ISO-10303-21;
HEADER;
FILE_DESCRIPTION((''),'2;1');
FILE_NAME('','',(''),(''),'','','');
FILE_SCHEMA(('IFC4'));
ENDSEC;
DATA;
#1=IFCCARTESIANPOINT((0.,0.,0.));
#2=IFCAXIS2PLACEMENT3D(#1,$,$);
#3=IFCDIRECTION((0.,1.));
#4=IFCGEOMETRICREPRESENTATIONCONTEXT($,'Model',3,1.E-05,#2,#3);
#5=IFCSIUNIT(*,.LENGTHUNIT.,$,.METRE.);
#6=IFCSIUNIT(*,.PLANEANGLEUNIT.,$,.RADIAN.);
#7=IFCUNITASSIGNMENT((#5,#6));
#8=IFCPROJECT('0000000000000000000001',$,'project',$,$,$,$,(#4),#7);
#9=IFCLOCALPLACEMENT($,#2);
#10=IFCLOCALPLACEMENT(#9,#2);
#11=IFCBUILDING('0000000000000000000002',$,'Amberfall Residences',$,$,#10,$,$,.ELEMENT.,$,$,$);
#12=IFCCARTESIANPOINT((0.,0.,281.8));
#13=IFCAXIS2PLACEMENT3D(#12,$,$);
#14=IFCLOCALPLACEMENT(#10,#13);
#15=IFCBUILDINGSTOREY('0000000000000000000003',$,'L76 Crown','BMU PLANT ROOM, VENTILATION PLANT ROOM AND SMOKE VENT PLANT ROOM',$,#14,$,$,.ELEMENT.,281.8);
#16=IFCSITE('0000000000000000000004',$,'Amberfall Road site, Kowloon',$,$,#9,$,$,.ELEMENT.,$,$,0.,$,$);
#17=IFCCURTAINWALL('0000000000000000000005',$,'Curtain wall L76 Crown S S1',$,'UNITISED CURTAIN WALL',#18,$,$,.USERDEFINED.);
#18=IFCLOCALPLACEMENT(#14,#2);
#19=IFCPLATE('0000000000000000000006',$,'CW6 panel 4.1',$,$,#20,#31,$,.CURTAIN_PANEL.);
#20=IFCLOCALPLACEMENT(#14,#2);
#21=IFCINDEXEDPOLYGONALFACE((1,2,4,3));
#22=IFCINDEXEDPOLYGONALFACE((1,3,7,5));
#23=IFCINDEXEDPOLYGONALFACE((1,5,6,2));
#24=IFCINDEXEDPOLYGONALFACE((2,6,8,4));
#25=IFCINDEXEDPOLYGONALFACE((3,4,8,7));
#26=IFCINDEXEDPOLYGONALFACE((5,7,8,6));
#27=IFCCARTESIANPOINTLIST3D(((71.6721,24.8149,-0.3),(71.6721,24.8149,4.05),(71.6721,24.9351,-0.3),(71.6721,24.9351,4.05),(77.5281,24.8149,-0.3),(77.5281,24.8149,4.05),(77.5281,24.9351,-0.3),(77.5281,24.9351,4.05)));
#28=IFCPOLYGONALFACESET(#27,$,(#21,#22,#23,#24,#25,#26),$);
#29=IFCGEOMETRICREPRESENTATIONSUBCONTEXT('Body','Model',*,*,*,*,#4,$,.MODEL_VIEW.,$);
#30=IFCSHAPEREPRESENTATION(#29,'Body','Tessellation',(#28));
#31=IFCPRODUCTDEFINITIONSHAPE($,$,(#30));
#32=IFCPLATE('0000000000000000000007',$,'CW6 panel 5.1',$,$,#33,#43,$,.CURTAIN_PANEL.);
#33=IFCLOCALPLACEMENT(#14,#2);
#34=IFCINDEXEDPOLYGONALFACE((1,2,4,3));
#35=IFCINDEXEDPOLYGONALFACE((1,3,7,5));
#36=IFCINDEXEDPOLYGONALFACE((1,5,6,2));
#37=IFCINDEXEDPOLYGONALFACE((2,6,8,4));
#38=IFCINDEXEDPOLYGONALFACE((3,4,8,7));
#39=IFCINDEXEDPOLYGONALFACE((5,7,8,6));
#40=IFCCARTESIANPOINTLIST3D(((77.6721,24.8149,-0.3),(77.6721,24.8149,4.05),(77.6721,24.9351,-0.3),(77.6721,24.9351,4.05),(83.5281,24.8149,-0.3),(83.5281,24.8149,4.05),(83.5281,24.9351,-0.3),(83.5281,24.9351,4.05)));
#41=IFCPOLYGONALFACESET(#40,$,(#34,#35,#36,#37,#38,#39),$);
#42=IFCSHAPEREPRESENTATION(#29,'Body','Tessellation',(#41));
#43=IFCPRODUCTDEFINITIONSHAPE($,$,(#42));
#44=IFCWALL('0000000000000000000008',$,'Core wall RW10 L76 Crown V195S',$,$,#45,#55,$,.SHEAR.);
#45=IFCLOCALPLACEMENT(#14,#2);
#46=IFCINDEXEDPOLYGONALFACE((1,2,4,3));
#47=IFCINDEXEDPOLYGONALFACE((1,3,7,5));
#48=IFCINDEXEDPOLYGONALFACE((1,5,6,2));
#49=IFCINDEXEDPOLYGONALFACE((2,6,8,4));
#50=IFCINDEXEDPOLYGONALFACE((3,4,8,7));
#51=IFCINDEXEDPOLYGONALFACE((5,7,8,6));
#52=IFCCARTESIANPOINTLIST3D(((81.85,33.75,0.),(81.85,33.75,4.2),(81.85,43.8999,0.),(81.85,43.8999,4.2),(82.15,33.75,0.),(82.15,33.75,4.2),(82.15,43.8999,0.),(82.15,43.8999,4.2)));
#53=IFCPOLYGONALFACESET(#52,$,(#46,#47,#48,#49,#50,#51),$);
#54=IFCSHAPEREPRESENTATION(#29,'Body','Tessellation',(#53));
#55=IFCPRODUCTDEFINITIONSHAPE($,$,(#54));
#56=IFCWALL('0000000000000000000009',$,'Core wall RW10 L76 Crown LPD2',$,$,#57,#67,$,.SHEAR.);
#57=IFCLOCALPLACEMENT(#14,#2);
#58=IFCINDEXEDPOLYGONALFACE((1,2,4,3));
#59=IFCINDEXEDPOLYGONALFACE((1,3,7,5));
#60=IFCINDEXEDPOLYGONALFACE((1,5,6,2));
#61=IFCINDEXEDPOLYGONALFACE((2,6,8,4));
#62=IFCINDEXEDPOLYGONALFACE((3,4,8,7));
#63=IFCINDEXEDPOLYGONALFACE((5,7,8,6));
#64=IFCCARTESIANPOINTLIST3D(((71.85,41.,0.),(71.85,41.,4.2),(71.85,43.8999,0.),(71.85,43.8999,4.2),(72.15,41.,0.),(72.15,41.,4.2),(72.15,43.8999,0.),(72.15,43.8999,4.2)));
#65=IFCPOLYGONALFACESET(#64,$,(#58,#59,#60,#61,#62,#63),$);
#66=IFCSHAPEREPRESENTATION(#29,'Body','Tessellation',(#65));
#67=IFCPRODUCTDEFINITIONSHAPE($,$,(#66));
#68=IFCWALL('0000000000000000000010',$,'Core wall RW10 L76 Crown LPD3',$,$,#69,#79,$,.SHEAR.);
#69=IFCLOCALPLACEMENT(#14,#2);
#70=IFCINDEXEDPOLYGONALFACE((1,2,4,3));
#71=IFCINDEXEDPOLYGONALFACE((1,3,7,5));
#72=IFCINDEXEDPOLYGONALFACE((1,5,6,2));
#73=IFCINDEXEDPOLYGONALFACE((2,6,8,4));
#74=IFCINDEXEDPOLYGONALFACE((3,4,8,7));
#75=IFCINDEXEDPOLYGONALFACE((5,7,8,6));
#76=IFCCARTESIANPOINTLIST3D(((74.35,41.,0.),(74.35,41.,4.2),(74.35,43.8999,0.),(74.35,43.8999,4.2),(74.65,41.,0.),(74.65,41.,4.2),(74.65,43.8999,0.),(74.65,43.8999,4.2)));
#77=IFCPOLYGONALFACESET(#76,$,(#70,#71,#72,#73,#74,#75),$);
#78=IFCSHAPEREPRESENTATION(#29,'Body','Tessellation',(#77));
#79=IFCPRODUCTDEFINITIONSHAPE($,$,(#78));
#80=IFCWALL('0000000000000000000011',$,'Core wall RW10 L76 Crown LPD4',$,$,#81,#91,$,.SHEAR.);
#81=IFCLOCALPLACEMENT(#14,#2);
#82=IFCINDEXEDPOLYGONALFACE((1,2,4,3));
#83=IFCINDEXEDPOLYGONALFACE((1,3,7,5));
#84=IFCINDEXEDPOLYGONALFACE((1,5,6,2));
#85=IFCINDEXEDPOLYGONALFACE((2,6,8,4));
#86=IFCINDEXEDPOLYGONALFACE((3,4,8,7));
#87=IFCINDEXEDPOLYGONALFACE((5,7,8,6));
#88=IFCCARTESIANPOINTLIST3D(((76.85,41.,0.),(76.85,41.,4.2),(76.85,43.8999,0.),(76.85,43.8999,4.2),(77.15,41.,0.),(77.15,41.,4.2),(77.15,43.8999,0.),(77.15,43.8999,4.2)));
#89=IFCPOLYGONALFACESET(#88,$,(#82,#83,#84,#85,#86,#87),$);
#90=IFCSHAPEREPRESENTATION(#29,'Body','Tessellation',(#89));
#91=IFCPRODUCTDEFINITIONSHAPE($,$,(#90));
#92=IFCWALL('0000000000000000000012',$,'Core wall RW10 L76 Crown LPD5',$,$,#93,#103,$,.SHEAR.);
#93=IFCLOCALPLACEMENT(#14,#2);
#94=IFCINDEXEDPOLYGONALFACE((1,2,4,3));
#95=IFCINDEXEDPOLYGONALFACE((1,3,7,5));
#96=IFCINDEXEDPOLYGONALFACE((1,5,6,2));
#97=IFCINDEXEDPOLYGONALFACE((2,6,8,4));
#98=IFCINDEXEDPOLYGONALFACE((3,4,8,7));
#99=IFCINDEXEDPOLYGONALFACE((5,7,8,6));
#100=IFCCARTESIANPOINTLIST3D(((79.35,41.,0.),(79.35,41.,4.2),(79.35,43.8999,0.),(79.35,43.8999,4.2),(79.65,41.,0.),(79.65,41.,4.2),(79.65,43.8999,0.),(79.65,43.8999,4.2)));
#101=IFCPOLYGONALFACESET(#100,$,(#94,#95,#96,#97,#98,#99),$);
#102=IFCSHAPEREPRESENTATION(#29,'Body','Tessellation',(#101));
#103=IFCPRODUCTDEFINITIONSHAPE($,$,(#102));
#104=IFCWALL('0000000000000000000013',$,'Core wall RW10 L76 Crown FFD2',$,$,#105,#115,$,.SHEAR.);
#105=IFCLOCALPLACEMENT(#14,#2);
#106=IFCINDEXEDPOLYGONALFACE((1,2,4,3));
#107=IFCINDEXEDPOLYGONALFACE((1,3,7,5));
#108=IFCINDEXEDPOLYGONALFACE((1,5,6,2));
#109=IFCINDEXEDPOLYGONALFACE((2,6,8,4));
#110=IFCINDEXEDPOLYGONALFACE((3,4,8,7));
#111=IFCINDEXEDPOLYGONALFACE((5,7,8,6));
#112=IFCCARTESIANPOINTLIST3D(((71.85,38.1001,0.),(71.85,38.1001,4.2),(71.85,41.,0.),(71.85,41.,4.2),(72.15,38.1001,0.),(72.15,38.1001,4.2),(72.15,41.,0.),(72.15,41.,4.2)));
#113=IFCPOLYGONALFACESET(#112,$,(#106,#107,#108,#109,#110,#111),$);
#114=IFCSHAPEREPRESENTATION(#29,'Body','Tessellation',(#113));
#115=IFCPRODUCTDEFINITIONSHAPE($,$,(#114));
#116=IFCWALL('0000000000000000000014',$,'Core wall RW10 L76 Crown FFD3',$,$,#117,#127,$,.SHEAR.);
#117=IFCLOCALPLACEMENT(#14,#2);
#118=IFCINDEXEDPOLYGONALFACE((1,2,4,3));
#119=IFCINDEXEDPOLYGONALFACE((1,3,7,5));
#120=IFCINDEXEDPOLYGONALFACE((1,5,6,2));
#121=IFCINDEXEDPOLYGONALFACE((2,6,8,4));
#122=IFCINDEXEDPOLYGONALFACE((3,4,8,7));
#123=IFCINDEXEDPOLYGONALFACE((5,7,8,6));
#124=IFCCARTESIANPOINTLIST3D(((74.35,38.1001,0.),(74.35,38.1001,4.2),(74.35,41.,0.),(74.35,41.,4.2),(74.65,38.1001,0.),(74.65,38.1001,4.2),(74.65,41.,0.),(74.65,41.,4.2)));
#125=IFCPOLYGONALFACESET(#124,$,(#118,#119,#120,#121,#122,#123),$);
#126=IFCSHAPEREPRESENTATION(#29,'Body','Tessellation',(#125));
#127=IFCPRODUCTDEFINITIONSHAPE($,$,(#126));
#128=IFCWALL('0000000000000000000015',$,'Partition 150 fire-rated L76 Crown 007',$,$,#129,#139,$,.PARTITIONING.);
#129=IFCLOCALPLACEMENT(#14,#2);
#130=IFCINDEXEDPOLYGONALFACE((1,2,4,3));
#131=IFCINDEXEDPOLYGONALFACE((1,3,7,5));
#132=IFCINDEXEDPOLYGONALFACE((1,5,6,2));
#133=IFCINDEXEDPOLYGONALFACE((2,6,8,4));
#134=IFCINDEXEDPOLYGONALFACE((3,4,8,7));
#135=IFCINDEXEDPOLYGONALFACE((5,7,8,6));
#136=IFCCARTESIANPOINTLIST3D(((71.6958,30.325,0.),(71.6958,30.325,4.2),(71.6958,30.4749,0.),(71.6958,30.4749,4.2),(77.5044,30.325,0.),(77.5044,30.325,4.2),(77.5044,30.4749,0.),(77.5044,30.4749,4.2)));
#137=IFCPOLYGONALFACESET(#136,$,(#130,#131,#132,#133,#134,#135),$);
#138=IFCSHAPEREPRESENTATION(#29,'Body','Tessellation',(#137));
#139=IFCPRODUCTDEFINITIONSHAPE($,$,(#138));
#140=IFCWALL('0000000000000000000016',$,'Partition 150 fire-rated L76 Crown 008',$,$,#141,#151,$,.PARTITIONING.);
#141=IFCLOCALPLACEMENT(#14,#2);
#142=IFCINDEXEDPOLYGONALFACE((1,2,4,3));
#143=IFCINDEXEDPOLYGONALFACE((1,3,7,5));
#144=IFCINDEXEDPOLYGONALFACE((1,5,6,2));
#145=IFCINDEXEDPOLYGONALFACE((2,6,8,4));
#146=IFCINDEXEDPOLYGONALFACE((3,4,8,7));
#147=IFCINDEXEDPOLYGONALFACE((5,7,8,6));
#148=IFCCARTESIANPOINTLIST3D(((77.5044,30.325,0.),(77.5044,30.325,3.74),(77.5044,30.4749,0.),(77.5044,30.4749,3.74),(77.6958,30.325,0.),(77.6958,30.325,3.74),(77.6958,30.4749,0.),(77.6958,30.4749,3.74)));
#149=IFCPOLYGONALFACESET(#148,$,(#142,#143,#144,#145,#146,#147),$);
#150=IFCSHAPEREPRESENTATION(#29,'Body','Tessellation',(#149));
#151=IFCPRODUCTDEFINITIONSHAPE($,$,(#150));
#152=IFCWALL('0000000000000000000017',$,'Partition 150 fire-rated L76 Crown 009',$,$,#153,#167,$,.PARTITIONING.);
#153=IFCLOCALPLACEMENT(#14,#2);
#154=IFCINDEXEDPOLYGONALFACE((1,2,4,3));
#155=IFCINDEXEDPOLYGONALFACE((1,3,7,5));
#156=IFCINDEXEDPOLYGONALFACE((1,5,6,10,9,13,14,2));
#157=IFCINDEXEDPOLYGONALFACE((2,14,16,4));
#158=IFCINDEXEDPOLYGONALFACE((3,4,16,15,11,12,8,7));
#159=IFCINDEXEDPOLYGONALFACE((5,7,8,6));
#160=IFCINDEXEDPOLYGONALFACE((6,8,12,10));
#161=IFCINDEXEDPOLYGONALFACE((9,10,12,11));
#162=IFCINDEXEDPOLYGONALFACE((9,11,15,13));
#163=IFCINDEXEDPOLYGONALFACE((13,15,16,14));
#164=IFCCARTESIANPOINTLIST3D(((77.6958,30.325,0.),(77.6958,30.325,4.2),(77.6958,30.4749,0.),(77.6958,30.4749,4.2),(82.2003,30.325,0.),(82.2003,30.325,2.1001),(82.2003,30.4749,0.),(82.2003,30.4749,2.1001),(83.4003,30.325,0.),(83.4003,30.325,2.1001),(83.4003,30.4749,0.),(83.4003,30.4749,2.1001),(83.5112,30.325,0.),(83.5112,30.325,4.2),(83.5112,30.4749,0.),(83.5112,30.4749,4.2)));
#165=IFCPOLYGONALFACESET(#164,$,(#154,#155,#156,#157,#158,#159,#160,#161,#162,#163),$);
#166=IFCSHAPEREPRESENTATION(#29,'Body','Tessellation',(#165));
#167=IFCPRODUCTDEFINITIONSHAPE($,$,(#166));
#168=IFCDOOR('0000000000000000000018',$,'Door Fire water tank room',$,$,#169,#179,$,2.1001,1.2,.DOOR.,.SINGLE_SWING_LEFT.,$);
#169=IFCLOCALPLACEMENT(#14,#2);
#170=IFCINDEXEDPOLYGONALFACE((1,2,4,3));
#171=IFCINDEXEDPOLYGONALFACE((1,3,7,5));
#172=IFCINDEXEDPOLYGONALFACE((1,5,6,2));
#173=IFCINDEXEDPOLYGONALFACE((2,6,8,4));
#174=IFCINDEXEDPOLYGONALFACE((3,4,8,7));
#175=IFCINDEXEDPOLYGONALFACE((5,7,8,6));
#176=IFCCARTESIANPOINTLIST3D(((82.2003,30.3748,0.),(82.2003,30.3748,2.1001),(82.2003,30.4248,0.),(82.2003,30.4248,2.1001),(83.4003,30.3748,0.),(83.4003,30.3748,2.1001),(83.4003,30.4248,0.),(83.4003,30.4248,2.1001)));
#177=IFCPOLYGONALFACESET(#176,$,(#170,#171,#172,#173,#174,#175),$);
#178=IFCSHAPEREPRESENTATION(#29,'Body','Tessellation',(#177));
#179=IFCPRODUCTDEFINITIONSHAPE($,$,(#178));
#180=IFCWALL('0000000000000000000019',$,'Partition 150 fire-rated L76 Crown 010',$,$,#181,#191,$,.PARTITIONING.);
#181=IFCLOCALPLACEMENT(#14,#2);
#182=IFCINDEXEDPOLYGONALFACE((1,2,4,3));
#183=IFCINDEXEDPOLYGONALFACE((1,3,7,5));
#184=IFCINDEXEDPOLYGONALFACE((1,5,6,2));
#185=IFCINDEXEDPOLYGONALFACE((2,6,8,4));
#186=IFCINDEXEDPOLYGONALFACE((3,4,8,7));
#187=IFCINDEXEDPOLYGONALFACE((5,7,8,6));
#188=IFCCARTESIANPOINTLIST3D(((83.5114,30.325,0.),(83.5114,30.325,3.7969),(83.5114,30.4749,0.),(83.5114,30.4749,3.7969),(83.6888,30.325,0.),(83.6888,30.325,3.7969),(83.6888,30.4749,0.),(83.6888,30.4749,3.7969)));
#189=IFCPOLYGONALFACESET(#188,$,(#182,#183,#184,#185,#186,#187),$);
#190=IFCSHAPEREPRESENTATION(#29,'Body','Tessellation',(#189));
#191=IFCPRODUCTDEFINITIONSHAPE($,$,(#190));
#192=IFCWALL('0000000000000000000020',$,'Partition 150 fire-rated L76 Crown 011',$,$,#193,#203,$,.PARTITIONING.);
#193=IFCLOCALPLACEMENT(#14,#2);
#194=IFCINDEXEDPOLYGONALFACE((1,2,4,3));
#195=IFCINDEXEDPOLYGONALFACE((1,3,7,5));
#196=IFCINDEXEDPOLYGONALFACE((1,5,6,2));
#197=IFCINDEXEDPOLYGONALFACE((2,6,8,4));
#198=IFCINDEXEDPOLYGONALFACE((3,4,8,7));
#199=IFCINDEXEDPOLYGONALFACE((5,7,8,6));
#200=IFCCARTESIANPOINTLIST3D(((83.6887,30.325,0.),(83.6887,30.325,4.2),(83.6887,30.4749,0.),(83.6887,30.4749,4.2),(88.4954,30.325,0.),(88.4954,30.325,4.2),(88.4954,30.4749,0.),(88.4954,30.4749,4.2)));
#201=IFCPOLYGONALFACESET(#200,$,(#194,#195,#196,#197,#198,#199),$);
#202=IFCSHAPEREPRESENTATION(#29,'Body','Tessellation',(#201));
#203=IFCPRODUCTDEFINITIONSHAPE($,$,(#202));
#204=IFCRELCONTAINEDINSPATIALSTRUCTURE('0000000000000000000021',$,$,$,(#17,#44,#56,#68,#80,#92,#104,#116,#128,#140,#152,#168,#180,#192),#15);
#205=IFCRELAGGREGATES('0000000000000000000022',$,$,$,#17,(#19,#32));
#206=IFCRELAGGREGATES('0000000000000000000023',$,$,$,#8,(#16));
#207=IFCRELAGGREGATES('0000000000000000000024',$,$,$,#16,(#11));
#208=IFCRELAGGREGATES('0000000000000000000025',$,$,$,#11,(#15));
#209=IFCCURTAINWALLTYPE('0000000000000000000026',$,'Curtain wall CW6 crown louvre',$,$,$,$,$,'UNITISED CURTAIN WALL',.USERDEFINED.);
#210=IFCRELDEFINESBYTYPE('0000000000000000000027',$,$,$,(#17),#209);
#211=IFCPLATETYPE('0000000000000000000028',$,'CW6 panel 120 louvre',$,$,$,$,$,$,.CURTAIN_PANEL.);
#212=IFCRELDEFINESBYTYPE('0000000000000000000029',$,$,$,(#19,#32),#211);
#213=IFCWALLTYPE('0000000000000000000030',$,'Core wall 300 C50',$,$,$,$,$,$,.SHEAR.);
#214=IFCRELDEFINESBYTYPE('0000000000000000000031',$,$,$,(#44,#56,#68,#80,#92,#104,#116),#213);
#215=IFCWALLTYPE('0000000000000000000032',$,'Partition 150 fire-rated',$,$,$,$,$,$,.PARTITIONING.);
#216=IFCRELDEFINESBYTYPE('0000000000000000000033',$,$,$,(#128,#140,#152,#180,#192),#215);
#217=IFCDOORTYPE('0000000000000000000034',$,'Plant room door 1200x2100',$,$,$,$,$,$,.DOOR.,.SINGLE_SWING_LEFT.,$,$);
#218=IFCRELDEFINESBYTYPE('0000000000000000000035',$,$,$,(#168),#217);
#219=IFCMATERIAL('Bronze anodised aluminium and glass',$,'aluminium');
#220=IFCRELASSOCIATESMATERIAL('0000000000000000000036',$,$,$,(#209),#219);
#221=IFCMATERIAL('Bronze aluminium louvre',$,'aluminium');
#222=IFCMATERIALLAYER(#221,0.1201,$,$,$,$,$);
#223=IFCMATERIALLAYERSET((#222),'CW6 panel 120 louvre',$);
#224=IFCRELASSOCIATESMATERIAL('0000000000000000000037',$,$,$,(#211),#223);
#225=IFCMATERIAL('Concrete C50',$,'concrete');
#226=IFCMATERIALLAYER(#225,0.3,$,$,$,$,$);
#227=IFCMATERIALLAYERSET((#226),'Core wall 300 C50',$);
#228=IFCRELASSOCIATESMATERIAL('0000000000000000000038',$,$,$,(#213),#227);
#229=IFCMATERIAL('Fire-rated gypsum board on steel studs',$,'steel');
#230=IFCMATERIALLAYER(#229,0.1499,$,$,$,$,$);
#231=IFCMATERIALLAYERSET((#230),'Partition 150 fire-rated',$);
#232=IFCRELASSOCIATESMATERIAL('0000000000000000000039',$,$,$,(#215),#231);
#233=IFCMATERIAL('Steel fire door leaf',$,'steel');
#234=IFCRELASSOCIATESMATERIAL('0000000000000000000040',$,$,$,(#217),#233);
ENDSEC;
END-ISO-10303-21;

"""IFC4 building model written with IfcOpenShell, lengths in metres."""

from ifc_helpers import new_model, si_unit, direction, frame, frame_2d, origin, origin_2d, place, context, subcontext, project, spatial, rectangle, extrude, material, layer, layer_set, type_object, element, fill, aggregate, save


model = new_model("IFC4")

# Units and contexts
model_context = context("Model", 3, precision=1e-05, world=origin(), true_north=direction((0.0, 1.0)))
body_context = subcontext(model_context, "Body", "Model", "MODEL_VIEW")
ifc_project = project(units=[si_unit("LENGTHUNIT", "METRE"), si_unit("PLANEANGLEUNIT", "RADIAN")], contexts=[model_context])

# Site, building, storey
site_placement = place(None, origin())
site = spatial("IfcSite", under=ifc_project, at=site_placement, Name="Amberfall Road site, Kowloon", CompositionType="ELEMENT", RefElevation=0.0)
building_placement = place(site_placement, origin())
building = spatial("IfcBuilding", under=site, at=building_placement, Name="Amberfall Residences", CompositionType="ELEMENT")
storey_placement = place(building_placement, frame((0.0, 0.0, 281.8)))
storey = spatial("IfcBuildingStorey", under=building, at=storey_placement, Name="L76 Crown", Description="BMU PLANT ROOM, VENTILATION PLANT ROOM AND SMOKE VENT PLANT ROOM", CompositionType="ELEMENT", Elevation=281.8)

# Shared definitions
ifc_material_1 = material(Name="Concrete C50", Category="concrete")

# Curtain wall
ifc_material_2 = material(Name="Bronze anodised aluminium and glass", Category="aluminium")
curtain_wall_type = type_object("IfcCurtainWallType", Name="Curtain wall CW6 crown louvre", ElementType="UNITISED CURTAIN WALL", PredefinedType="USERDEFINED", material=ifc_material_2)
curtain_wall_placement = place(storey_placement, origin())
curtain_wall = element("IfcCurtainWall", 1, at=curtain_wall_placement, inside=storey, type_object=curtain_wall_type, Name="Curtain wall L76 Crown S S1", ObjectType="UNITISED CURTAIN WALL", PredefinedType="USERDEFINED")

# Plates
ifc_material_3 = material(Name="Bronze aluminium louvre", Category="aluminium")
ifc_layer_1 = layer(ifc_material_3, 0.1201)
ifc_layer_set_1 = layer_set([ifc_layer_1], Name="CW6 panel 120 louvre")
plate_type = type_object("IfcPlateType", Name="CW6 panel 120 louvre", PredefinedType="CURTAIN_PANEL", material=ifc_layer_set_1)
plate_1_placement = place(storey_placement, frame((74.6001, 24.875, -0.3), z_axis=(0.0, 0.0, 1.0), x_axis=(1.0, 0.0, 0.0)))
plate_1 = element("IfcPlate", 2, at=plate_1_placement, type_object=plate_type, Name="CW6 panel 4.1", PredefinedType="CURTAIN_PANEL", context=body_context, shape_type="SweptSolid", body=[
    extrude(rectangle(XDim=5.856, YDim=0.1201, at=origin_2d()), origin(), (0.0, 0.0, 1.0), 4.3501),
])
plate_2_placement = place(storey_placement, frame((80.6001, 24.875, -0.3), z_axis=(0.0, 0.0, 1.0), x_axis=(1.0, 0.0, 0.0)))
plate_2 = element("IfcPlate", 3, at=plate_2_placement, type_object=plate_type, Name="CW6 panel 5.1", PredefinedType="CURTAIN_PANEL", context=body_context, shape_type="SweptSolid", body=[
    extrude(rectangle(XDim=5.856, YDim=0.1201, at=origin_2d()), origin(), (0.0, 0.0, 1.0), 4.3501),
])
aggregate(curtain_wall, [plate_1, plate_2])

# Walls
ifc_layer_2 = layer(ifc_material_1, 0.3)
ifc_layer_set_2 = layer_set([ifc_layer_2], Name="Core wall 300 C50")
wall_type_1 = type_object("IfcWallType", Name="Core wall 300 C50", PredefinedType="SHEAR", material=ifc_layer_set_2)
wall_1_placement = place(storey_placement, frame((82.0, 33.75, 0.0), z_axis=(0.0, 0.0, 1.0), x_axis=(0.0, 1.0, 0.0)))
element("IfcWall", 4, at=wall_1_placement, inside=storey, type_object=wall_type_1, Name="Core wall RW10 L76 Crown V195S", PredefinedType="SHEAR", context=body_context, shape_type="SweptSolid", body=[
    extrude(rectangle(XDim=10.1499, YDim=0.3, at=frame_2d((5.075, 0.0))), origin(), (0.0, 0.0, 1.0), 4.2),
])
for number, where, z_axis, x_axis, name in (
    (5, (72.0, 41.0, 0.0), (0.0, 0.0, 1.0), (0.0, 1.0, 0.0), "Core wall RW10 L76 Crown LPD2"),
    (6, (74.5, 41.0, 0.0), (0.0, 0.0, 1.0), (0.0, 1.0, 0.0), "Core wall RW10 L76 Crown LPD3"),
    (7, (77.0, 41.0, 0.0), (0.0, 0.0, 1.0), (0.0, 1.0, 0.0), "Core wall RW10 L76 Crown LPD4"),
    (8, (79.5, 41.0, 0.0), (0.0, 0.0, 1.0), (0.0, 1.0, 0.0), "Core wall RW10 L76 Crown LPD5"),
    (9, (72.0, 38.1001, 0.0), (0.0, 0.0, 1.0), (0.0, 1.0, 0.0), "Core wall RW10 L76 Crown FFD2"),
    (10, (74.5, 38.1001, 0.0), (0.0, 0.0, 1.0), (0.0, 1.0, 0.0), "Core wall RW10 L76 Crown FFD3"),
):
    element("IfcWall", number, at=place(storey_placement, frame(where, z_axis=z_axis, x_axis=x_axis)), inside=storey, type_object=wall_type_1, Name=name, PredefinedType="SHEAR", context=body_context, shape_type="SweptSolid", body=[
        extrude(rectangle(XDim=2.8999, YDim=0.3, at=frame_2d((1.45, 0.0))), origin(), (0.0, 0.0, 1.0), 4.2),
    ])
ifc_material_4 = material(Name="Fire-rated gypsum board on steel studs", Category="steel")
ifc_layer_3 = layer(ifc_material_4, 0.1499)
ifc_layer_set_3 = layer_set([ifc_layer_3], Name="Partition 150 fire-rated")
wall_type_2 = type_object("IfcWallType", Name="Partition 150 fire-rated", PredefinedType="PARTITIONING", material=ifc_layer_set_3)
wall_2_placement = place(storey_placement, frame((71.6958, 30.3999, 0.0), z_axis=(0.0, 0.0, 1.0), x_axis=(1.0, 0.0, 0.0)))
element("IfcWall", 11, at=wall_2_placement, inside=storey, type_object=wall_type_2, Name="Partition 150 fire-rated L76 Crown 007", PredefinedType="PARTITIONING", context=body_context, shape_type="SweptSolid", body=[
    extrude(rectangle(XDim=5.8086, YDim=0.1499, at=frame_2d((2.9043, 0.0))), origin(), (0.0, 0.0, 1.0), 4.2),
])
wall_3_placement = place(storey_placement, frame((77.5044, 30.3999, 0.0), z_axis=(0.0, 0.0, 1.0), x_axis=(1.0, 0.0, 0.0)))
element("IfcWall", 12, at=wall_3_placement, inside=storey, type_object=wall_type_2, Name="Partition 150 fire-rated L76 Crown 008", PredefinedType="PARTITIONING", context=body_context, shape_type="SweptSolid", body=[
    extrude(rectangle(XDim=0.1914, YDim=0.1499, at=frame_2d((0.0957, 0.0))), origin(), (0.0, 0.0, 1.0), 3.74),
])

# Wall, opening, door
wall_4_placement = place(storey_placement, frame((77.6958, 30.3999, 0.0), z_axis=(0.0, 0.0, 1.0), x_axis=(1.0, 0.0, 0.0)))
wall_4 = element("IfcWall", 13, at=wall_4_placement, inside=storey, type_object=wall_type_2, Name="Partition 150 fire-rated L76 Crown 009", PredefinedType="PARTITIONING", context=body_context, shape_type="SweptSolid", body=[
    extrude(rectangle(XDim=5.8154, YDim=0.1499, at=frame_2d((2.9077, 0.0))), origin(), (0.0, 0.0, 1.0), 4.2),
])
opening_placement = place(wall_4_placement, frame((4.5044, 0.0, 0.0)))
opening = element("IfcOpeningElement", 14, at=opening_placement, cuts=wall_4, PredefinedType="OPENING", context=body_context, shape_type="SweptSolid", body=[
    extrude(rectangle(XDim=1.2, YDim=2.1001, at=frame_2d((0.6001, 1.05))), frame((0.0, 0.085, 0.0), z_axis=(0.0, -1.0, 0.0), x_axis=(1.0, 0.0, 0.0)), (0.0, 0.0, 1.0), 0.1699),
])
ifc_material_5 = material(Name="Steel fire door leaf", Category="steel")
door_type = type_object("IfcDoorType", Name="Plant room door 1200x2100", OperationType="SINGLE_SWING_LEFT", PredefinedType="DOOR", material=ifc_material_5)
door_placement = place(opening_placement, origin())
door = element("IfcDoor", 15, at=door_placement, inside=storey, type_object=door_type, Name="Door Fire water tank room", OperationType="SINGLE_SWING_LEFT", OverallHeight=2.1001, OverallWidth=1.2, PredefinedType="DOOR", context=body_context, shape_type="SweptSolid", body=[
    extrude(rectangle(XDim=1.2, YDim=2.1001, at=frame_2d((0.6001, 1.05))), frame((0.0, 0.0249, 0.0), z_axis=(0.0, -1.0, 0.0), x_axis=(1.0, 0.0, 0.0)), (0.0, 0.0, 1.0), 0.05),
])
fill(opening, door)

# Walls
wall_5_placement = place(storey_placement, frame((83.5112, 30.3999, 0.0), z_axis=(0.0, 0.0, 1.0), x_axis=(1.0, 0.0, 0.0)))
element("IfcWall", 16, at=wall_5_placement, inside=storey, type_object=wall_type_2, Name="Partition 150 fire-rated L76 Crown 010", PredefinedType="PARTITIONING", context=body_context, shape_type="SweptSolid", body=[
    extrude(rectangle(XDim=0.1775, YDim=0.1499, at=frame_2d((0.0889, 0.0))), origin(), (0.0, 0.0, 1.0), 3.7969),
])
wall_6_placement = place(storey_placement, frame((83.6887, 30.3999, 0.0), z_axis=(0.0, 0.0, 1.0), x_axis=(1.0, 0.0, 0.0)))
element("IfcWall", 17, at=wall_6_placement, inside=storey, type_object=wall_type_2, Name="Partition 150 fire-rated L76 Crown 011", PredefinedType="PARTITIONING", context=body_context, shape_type="SweptSolid", body=[
    extrude(rectangle(XDim=4.8066, YDim=0.1499, at=frame_2d((2.4033, 0.0))), origin(), (0.0, 0.0, 1.0), 4.2),
])

save(model, "model.ifc")
